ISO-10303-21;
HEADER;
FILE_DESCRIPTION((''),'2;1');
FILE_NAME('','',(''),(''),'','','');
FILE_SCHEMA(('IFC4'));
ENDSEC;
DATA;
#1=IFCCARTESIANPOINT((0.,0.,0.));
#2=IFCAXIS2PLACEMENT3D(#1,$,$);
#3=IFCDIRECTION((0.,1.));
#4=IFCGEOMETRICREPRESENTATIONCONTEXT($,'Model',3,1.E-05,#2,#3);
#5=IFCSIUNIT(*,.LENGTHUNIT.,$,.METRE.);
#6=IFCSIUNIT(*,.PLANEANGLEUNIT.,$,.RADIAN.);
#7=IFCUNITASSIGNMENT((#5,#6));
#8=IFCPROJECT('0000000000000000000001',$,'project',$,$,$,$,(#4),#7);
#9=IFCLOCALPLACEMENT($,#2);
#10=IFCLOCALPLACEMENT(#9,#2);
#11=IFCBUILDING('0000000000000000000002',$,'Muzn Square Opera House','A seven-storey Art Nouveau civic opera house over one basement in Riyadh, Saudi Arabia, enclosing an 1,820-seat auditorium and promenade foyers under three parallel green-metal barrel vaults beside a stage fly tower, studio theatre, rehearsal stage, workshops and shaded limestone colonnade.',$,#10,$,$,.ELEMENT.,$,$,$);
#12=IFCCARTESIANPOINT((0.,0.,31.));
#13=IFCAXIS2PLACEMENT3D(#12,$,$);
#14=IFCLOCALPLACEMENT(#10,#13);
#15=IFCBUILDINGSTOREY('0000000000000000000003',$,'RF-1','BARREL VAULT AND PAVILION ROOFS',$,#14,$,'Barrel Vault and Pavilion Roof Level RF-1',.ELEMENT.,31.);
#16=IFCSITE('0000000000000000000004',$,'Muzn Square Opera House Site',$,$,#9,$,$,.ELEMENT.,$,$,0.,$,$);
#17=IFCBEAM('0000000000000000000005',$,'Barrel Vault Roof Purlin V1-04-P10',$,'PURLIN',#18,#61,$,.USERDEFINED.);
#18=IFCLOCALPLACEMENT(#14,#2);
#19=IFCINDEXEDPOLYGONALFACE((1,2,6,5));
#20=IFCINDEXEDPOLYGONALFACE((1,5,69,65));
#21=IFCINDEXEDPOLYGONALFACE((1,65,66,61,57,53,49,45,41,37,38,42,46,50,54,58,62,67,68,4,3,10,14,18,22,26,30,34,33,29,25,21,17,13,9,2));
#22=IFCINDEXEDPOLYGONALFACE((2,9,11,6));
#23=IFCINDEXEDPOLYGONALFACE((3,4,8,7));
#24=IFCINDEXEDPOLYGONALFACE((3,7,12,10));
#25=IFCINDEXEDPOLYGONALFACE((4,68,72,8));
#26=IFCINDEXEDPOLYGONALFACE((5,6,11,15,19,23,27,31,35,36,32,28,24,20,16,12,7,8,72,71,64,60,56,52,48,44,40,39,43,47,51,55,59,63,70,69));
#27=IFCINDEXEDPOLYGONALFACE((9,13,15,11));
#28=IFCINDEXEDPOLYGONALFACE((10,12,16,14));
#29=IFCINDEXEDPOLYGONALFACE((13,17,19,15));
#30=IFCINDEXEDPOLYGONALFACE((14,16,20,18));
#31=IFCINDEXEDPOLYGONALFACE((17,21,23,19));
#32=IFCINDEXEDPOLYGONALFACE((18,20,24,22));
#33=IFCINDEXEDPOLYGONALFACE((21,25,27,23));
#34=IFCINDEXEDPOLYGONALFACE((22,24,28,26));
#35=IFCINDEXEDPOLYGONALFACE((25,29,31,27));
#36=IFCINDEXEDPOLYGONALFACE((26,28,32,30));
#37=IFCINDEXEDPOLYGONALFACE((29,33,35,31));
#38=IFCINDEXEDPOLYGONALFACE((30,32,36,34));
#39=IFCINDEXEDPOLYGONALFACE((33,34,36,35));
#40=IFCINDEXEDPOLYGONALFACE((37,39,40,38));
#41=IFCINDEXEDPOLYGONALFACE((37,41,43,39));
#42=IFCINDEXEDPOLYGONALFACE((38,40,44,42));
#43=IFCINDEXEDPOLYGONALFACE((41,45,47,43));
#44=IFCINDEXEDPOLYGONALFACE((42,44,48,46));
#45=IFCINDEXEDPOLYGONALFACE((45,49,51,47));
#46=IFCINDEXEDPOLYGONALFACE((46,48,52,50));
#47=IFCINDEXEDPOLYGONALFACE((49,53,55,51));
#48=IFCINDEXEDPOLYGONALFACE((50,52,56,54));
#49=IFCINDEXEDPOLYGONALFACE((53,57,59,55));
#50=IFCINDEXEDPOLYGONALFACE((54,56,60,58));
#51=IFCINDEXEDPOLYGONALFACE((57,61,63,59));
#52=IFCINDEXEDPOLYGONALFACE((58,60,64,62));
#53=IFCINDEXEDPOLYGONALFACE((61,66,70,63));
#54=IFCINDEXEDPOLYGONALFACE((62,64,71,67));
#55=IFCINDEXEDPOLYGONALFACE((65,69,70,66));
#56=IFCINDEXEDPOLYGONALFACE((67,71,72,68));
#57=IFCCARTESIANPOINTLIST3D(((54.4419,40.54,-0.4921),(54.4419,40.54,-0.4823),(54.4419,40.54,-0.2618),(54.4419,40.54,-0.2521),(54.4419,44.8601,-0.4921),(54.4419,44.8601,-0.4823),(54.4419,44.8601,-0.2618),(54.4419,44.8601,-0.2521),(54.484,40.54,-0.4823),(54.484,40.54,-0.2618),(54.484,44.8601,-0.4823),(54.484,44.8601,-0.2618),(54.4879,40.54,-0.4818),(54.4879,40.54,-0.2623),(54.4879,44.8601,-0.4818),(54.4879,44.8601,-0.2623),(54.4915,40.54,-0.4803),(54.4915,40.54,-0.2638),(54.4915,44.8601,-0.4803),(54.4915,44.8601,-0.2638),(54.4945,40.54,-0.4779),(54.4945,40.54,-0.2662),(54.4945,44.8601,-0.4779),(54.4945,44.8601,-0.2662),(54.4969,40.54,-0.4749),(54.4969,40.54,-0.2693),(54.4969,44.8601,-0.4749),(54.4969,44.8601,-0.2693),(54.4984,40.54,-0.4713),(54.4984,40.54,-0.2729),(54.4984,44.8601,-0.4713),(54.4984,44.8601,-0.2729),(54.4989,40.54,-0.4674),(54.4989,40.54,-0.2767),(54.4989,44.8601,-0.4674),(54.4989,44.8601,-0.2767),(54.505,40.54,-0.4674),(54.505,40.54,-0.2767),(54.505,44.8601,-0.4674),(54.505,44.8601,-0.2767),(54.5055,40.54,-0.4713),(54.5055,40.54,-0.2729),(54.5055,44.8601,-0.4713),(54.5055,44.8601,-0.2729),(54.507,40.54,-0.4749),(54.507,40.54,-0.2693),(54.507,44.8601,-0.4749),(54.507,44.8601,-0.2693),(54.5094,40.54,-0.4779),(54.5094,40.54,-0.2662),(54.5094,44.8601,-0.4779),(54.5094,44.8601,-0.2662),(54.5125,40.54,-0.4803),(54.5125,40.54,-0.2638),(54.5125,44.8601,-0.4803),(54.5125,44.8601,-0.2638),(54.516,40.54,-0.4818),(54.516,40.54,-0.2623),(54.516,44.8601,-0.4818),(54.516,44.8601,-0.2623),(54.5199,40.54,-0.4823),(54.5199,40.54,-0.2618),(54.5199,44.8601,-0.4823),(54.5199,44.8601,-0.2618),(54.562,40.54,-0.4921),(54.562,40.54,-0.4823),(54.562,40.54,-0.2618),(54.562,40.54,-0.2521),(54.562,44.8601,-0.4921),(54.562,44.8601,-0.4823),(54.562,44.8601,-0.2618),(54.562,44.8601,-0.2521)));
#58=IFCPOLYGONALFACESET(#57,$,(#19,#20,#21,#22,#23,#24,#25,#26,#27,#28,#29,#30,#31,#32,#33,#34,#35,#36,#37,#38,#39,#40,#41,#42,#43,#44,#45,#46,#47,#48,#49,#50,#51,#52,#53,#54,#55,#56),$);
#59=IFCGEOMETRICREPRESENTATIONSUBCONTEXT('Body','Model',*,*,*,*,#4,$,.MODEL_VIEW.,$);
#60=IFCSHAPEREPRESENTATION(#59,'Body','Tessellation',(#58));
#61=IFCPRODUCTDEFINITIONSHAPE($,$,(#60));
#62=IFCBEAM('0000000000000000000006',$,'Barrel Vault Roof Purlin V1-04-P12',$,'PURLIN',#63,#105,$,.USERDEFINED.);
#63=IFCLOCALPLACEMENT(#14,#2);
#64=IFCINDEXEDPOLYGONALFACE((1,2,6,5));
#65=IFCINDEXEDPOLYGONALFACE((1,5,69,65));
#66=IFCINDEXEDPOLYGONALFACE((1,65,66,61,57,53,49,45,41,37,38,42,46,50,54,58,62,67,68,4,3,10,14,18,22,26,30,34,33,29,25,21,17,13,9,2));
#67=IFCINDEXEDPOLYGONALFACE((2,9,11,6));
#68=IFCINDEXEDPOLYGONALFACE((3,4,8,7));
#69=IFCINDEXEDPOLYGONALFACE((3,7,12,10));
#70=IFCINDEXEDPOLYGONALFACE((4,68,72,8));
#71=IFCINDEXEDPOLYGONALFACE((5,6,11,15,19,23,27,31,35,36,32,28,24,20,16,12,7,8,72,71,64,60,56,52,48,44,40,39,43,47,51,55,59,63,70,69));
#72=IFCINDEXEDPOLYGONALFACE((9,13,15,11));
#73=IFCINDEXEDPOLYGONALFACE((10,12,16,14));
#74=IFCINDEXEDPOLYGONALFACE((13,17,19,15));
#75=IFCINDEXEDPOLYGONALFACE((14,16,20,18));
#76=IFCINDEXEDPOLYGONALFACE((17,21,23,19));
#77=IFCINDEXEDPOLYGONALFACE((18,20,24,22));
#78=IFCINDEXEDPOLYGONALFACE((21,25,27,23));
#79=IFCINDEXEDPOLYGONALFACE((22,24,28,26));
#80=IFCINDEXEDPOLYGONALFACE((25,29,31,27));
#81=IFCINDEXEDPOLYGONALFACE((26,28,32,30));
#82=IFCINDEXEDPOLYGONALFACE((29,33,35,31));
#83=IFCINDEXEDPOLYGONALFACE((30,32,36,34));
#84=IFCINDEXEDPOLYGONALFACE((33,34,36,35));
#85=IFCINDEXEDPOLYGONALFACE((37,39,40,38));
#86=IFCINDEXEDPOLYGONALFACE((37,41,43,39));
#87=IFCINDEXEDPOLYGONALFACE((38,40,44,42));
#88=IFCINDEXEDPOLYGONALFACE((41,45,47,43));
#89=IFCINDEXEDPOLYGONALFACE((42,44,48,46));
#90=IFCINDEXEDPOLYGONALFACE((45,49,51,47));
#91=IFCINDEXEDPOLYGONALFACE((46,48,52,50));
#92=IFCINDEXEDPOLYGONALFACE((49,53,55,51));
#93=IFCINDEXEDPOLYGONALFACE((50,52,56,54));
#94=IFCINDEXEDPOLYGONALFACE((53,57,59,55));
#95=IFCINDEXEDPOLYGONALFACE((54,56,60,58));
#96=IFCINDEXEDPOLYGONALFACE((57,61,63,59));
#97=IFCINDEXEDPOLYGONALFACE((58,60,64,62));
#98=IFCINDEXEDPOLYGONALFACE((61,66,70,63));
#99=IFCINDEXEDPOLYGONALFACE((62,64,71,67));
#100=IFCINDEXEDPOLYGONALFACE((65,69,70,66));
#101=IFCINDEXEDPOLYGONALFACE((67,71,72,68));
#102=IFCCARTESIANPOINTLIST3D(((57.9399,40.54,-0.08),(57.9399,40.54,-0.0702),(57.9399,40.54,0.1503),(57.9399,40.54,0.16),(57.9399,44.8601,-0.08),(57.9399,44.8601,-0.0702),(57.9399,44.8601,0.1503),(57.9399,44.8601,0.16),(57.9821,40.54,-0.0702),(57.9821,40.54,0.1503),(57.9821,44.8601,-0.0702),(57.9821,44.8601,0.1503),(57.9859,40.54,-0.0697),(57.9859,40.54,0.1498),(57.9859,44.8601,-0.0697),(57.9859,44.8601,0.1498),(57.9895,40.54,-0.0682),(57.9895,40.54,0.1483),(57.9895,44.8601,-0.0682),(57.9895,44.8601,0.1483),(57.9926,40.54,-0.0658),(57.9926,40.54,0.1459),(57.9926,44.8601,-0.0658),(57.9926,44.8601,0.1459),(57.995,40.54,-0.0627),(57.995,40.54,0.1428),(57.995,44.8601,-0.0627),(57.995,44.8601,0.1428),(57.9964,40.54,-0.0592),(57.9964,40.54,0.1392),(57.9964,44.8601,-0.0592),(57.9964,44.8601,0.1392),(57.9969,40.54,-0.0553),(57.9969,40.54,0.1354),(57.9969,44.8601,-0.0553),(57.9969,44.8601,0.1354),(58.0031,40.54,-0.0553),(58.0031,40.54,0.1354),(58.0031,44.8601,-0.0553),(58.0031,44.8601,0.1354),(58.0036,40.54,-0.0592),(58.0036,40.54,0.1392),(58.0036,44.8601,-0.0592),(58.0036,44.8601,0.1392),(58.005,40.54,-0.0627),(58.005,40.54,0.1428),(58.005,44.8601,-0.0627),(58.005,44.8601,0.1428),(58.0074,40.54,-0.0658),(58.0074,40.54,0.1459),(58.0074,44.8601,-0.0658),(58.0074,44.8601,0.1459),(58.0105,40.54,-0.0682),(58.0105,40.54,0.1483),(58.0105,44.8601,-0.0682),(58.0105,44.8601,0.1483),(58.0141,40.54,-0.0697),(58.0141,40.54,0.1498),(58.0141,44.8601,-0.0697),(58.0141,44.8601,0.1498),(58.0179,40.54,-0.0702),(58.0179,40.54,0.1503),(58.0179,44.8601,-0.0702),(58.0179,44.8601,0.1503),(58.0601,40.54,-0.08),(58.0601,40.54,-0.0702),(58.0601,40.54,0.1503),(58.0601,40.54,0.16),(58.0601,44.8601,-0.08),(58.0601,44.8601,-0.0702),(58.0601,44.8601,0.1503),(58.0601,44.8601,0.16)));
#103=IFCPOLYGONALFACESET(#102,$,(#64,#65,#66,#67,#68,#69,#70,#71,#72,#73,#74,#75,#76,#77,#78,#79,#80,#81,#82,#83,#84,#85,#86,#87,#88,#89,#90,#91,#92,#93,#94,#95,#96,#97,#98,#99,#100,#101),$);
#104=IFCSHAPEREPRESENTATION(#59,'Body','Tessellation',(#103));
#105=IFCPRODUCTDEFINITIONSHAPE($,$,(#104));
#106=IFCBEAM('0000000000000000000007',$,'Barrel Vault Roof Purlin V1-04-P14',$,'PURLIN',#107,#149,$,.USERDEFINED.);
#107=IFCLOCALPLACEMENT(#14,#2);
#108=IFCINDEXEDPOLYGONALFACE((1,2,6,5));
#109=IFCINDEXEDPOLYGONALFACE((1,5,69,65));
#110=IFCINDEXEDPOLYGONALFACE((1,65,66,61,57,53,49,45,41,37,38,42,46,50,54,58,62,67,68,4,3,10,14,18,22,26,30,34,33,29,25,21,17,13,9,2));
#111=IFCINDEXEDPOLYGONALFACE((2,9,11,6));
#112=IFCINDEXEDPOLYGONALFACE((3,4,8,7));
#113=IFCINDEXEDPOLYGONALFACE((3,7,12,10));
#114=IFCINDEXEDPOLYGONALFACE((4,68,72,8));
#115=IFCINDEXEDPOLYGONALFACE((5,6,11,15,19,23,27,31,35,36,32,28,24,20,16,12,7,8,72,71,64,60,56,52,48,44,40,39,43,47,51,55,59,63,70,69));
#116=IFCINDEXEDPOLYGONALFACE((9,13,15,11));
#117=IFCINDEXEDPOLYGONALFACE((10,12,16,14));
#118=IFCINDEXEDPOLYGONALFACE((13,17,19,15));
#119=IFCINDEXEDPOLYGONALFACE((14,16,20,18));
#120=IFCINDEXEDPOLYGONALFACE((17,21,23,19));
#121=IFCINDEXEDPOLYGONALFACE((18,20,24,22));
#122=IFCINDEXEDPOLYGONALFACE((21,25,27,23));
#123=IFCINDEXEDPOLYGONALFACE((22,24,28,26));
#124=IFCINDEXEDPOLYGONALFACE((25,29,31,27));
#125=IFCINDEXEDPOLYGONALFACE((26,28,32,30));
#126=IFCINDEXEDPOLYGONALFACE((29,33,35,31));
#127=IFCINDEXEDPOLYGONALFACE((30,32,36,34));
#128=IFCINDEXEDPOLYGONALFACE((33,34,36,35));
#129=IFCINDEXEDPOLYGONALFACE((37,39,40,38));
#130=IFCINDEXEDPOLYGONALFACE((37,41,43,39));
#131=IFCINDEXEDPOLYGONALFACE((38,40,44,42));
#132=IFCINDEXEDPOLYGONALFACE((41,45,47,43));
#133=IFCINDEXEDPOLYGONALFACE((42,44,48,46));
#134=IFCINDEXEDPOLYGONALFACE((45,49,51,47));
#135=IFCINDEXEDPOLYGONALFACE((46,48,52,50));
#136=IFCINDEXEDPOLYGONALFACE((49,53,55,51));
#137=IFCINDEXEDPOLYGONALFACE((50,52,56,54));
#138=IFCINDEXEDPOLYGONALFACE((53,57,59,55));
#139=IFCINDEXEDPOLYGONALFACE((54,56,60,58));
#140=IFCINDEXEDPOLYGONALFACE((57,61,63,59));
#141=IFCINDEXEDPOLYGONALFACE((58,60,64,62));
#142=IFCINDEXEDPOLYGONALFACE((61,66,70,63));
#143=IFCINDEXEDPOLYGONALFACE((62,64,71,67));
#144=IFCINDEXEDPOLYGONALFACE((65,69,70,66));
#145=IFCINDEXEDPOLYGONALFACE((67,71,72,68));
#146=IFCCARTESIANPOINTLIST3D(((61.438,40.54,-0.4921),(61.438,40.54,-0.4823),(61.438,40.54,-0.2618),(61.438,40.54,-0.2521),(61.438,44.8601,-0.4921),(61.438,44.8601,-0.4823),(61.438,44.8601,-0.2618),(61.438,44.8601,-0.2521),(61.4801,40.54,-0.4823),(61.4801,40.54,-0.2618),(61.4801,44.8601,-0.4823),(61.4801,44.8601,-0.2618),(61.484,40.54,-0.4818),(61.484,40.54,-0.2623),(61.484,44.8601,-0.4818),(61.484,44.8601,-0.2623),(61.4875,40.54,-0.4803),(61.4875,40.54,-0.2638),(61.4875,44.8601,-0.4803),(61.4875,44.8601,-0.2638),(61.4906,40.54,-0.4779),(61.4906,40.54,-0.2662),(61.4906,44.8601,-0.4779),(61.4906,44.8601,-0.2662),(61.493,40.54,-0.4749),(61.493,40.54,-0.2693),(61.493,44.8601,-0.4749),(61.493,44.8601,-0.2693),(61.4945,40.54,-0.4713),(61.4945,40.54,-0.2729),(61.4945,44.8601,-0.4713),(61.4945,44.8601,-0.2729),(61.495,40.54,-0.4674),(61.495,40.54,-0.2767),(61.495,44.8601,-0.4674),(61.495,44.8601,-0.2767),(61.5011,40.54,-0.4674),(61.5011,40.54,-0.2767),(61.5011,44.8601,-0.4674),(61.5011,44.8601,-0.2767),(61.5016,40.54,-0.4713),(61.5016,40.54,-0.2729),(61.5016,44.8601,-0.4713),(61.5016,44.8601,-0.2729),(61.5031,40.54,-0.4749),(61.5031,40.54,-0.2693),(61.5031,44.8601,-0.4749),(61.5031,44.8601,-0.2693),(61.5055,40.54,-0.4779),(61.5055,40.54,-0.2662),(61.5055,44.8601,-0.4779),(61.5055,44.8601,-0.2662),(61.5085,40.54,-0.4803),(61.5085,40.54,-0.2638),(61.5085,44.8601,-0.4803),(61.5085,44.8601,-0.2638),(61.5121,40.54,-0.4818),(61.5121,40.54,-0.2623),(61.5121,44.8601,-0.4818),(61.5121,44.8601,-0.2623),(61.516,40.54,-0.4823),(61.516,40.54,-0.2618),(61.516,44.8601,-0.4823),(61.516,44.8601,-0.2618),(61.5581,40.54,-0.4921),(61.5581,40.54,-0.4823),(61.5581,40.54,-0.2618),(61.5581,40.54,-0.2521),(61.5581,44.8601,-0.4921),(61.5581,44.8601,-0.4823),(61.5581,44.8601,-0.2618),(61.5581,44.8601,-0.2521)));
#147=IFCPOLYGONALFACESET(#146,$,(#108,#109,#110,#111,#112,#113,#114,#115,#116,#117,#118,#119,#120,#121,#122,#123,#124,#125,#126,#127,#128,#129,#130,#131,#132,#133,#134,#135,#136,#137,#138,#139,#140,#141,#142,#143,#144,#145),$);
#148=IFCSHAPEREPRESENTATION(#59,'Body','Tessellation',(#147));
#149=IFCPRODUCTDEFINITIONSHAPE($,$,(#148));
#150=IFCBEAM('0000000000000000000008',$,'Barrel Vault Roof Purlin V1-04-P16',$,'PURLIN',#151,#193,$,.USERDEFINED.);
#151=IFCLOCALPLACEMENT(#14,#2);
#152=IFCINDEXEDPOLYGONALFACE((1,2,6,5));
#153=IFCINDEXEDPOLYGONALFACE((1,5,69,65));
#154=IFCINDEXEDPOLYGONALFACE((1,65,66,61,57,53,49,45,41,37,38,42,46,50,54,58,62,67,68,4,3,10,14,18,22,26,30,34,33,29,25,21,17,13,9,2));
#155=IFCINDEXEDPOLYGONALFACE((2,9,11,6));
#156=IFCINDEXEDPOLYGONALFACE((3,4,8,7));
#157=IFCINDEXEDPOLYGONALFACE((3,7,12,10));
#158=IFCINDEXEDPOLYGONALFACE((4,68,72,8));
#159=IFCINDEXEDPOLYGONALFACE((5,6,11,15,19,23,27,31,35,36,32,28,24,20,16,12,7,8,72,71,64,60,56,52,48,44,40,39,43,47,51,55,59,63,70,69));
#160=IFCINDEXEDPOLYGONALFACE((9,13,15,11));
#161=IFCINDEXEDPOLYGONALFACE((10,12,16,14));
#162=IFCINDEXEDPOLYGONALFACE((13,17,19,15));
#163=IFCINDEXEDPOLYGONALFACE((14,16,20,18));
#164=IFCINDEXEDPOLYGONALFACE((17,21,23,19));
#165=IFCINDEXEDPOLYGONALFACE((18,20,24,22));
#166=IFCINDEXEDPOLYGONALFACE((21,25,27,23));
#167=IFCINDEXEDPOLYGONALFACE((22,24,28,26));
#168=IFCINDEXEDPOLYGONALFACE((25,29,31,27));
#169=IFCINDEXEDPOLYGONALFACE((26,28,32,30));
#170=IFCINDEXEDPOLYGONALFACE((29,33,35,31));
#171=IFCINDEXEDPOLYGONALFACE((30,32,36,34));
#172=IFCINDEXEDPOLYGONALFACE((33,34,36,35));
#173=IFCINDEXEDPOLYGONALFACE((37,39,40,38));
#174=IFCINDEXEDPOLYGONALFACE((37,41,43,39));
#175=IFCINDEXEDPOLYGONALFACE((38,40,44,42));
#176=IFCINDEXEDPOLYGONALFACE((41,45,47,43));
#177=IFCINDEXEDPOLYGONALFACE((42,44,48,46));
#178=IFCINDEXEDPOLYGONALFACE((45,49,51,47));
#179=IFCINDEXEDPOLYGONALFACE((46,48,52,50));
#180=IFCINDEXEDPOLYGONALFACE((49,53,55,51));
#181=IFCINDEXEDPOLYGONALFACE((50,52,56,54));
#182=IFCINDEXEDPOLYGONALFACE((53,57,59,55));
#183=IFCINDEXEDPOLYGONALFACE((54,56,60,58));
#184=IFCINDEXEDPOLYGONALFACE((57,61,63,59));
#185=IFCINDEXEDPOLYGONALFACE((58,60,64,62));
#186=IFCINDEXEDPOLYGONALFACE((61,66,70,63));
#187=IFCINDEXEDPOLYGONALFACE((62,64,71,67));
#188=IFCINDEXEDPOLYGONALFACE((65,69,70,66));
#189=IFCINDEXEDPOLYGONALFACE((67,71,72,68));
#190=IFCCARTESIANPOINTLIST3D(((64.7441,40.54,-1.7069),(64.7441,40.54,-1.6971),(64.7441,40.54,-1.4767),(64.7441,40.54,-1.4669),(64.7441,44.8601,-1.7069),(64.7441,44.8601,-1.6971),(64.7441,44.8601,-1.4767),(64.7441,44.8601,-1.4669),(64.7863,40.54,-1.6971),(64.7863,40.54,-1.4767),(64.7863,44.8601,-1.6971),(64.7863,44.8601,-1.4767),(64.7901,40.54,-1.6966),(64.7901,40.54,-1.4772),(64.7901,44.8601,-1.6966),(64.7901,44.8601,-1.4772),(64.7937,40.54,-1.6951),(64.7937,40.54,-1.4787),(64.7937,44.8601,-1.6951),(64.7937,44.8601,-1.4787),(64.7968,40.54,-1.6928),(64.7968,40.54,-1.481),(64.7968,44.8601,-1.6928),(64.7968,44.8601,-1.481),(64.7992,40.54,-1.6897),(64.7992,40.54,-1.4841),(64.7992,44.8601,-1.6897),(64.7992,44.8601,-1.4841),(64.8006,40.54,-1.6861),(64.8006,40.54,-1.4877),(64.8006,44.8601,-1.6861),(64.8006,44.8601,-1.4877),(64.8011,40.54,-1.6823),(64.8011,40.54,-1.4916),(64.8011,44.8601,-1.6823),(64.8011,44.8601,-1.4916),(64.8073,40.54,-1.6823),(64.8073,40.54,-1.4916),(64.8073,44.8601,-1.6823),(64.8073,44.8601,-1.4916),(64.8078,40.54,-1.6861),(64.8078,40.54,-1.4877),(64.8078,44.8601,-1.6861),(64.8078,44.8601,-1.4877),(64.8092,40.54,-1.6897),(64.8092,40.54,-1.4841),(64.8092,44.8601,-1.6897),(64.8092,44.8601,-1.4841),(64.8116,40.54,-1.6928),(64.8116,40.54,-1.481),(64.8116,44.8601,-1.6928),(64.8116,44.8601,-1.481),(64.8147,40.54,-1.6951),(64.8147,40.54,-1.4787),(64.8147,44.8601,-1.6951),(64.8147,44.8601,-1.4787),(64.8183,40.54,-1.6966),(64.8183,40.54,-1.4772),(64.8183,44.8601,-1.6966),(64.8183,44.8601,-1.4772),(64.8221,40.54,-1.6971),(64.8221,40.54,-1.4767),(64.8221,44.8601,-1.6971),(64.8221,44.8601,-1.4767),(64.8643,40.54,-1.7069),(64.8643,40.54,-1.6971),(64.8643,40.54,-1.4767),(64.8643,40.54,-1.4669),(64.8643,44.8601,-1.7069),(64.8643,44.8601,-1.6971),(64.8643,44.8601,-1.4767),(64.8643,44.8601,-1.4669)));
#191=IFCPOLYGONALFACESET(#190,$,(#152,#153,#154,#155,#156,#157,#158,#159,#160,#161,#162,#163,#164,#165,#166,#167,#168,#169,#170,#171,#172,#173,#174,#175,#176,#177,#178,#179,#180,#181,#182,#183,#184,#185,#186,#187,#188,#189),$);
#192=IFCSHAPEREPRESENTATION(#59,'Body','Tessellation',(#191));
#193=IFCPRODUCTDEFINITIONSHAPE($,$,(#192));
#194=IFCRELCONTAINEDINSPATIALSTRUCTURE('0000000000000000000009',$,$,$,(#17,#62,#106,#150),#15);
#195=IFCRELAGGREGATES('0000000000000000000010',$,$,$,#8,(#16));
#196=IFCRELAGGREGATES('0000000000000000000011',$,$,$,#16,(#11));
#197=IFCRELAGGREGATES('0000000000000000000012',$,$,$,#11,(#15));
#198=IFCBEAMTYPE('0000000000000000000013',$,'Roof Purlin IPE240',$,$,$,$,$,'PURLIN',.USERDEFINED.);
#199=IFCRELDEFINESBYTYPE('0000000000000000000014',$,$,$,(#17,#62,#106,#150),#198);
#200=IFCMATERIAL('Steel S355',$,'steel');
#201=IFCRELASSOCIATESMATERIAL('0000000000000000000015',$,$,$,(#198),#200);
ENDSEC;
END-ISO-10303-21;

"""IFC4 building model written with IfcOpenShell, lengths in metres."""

from ifc_helpers import new_model, si_unit, direction, frame, origin, origin_2d, place, context, subcontext, project, spatial, i_section, extrude, material, material_profile, profile_set, type_object, element, save


model = new_model("IFC4")

# Units and contexts
model_context = context("Model", 3, precision=1e-05, world=origin(), true_north=direction((0.0, 1.0)))
body_context = subcontext(model_context, "Body", "Model", "MODEL_VIEW")
ifc_project = project(units=[si_unit("LENGTHUNIT", "METRE"), si_unit("PLANEANGLEUNIT", "RADIAN")], contexts=[model_context])

# Site, building, storey
site_placement = place(None, origin())
site = spatial("IfcSite", under=ifc_project, at=site_placement, Name="Muzn Square Opera House Site", CompositionType="ELEMENT", RefElevation=0.0)
building_placement = place(site_placement, origin())
building = spatial("IfcBuilding", under=site, at=building_placement, Name="Muzn Square Opera House", Description="A seven-storey Art Nouveau civic opera house over one basement in Riyadh, Saudi Arabia, enclosing an 1,820-seat auditorium and promenade foyers under three parallel green-metal barrel vaults beside a stage fly tower, studio theatre, rehearsal stage, workshops and shaded limestone colonnade.", CompositionType="ELEMENT")
storey_placement = place(building_placement, frame((0.0, 0.0, 31.0)))
storey = spatial("IfcBuildingStorey", under=building, at=storey_placement, Name="RF-1", Description="BARREL VAULT AND PAVILION ROOFS", LongName="Barrel Vault and Pavilion Roof Level RF-1", CompositionType="ELEMENT", Elevation=31.0)

# Beams
ifc_material_1 = material(Name="Steel S355", Category="steel")
ifc_material_profile_1 = material_profile(ifc_material_1, i_section(OverallWidth=0.1201, OverallDepth=0.24, WebThickness=0.0061, FlangeThickness=0.0098, FilletRadius=0.0149, at=origin_2d()), Name="IPE 240", Category="steel")
ifc_profile_set_1 = profile_set([ifc_material_profile_1], Name="Steel S355")
beam_type_1 = type_object("IfcBeamType", Name="Roof Purlin IPE240", ElementType="PURLIN", PredefinedType="USERDEFINED", material=ifc_profile_set_1)
for number, where, z_axis, x_axis, name in (
    (1, (54.502, 40.54, -0.3721), (0.0, 1.0, 0.0), (-1.0, 0.0, 0.0), "Barrel Vault Roof Purlin V1-04-P10"),
    (2, (58.0, 40.54, 0.04), (0.0, 1.0, 0.0), (-1.0, 0.0, 0.0), "Barrel Vault Roof Purlin V1-04-P12"),
    (3, (61.498, 40.54, -0.3721), (0.0, 1.0, 0.0), (-1.0, 0.0, 0.0), "Barrel Vault Roof Purlin V1-04-P14"),
    (4, (64.8042, 40.54, -1.5869), (0.0, 1.0, 0.0), (-1.0, 0.0, 0.0), "Barrel Vault Roof Purlin V1-04-P16"),
):
    element("IfcBeam", number, at=place(storey_placement, frame(where, z_axis=z_axis, x_axis=x_axis)), inside=storey, type_object=beam_type_1, Name=name, ObjectType="PURLIN", PredefinedType="USERDEFINED", context=body_context, shape_type="SweptSolid", body=[
        extrude(i_section(OverallWidth=0.1201, OverallDepth=0.24, WebThickness=0.0061, FlangeThickness=0.0098, FilletRadius=0.0149, at=origin_2d()), origin(), (0.0, 0.0, 1.0), 4.3201),
    ])

save(model, "model.ifc")
